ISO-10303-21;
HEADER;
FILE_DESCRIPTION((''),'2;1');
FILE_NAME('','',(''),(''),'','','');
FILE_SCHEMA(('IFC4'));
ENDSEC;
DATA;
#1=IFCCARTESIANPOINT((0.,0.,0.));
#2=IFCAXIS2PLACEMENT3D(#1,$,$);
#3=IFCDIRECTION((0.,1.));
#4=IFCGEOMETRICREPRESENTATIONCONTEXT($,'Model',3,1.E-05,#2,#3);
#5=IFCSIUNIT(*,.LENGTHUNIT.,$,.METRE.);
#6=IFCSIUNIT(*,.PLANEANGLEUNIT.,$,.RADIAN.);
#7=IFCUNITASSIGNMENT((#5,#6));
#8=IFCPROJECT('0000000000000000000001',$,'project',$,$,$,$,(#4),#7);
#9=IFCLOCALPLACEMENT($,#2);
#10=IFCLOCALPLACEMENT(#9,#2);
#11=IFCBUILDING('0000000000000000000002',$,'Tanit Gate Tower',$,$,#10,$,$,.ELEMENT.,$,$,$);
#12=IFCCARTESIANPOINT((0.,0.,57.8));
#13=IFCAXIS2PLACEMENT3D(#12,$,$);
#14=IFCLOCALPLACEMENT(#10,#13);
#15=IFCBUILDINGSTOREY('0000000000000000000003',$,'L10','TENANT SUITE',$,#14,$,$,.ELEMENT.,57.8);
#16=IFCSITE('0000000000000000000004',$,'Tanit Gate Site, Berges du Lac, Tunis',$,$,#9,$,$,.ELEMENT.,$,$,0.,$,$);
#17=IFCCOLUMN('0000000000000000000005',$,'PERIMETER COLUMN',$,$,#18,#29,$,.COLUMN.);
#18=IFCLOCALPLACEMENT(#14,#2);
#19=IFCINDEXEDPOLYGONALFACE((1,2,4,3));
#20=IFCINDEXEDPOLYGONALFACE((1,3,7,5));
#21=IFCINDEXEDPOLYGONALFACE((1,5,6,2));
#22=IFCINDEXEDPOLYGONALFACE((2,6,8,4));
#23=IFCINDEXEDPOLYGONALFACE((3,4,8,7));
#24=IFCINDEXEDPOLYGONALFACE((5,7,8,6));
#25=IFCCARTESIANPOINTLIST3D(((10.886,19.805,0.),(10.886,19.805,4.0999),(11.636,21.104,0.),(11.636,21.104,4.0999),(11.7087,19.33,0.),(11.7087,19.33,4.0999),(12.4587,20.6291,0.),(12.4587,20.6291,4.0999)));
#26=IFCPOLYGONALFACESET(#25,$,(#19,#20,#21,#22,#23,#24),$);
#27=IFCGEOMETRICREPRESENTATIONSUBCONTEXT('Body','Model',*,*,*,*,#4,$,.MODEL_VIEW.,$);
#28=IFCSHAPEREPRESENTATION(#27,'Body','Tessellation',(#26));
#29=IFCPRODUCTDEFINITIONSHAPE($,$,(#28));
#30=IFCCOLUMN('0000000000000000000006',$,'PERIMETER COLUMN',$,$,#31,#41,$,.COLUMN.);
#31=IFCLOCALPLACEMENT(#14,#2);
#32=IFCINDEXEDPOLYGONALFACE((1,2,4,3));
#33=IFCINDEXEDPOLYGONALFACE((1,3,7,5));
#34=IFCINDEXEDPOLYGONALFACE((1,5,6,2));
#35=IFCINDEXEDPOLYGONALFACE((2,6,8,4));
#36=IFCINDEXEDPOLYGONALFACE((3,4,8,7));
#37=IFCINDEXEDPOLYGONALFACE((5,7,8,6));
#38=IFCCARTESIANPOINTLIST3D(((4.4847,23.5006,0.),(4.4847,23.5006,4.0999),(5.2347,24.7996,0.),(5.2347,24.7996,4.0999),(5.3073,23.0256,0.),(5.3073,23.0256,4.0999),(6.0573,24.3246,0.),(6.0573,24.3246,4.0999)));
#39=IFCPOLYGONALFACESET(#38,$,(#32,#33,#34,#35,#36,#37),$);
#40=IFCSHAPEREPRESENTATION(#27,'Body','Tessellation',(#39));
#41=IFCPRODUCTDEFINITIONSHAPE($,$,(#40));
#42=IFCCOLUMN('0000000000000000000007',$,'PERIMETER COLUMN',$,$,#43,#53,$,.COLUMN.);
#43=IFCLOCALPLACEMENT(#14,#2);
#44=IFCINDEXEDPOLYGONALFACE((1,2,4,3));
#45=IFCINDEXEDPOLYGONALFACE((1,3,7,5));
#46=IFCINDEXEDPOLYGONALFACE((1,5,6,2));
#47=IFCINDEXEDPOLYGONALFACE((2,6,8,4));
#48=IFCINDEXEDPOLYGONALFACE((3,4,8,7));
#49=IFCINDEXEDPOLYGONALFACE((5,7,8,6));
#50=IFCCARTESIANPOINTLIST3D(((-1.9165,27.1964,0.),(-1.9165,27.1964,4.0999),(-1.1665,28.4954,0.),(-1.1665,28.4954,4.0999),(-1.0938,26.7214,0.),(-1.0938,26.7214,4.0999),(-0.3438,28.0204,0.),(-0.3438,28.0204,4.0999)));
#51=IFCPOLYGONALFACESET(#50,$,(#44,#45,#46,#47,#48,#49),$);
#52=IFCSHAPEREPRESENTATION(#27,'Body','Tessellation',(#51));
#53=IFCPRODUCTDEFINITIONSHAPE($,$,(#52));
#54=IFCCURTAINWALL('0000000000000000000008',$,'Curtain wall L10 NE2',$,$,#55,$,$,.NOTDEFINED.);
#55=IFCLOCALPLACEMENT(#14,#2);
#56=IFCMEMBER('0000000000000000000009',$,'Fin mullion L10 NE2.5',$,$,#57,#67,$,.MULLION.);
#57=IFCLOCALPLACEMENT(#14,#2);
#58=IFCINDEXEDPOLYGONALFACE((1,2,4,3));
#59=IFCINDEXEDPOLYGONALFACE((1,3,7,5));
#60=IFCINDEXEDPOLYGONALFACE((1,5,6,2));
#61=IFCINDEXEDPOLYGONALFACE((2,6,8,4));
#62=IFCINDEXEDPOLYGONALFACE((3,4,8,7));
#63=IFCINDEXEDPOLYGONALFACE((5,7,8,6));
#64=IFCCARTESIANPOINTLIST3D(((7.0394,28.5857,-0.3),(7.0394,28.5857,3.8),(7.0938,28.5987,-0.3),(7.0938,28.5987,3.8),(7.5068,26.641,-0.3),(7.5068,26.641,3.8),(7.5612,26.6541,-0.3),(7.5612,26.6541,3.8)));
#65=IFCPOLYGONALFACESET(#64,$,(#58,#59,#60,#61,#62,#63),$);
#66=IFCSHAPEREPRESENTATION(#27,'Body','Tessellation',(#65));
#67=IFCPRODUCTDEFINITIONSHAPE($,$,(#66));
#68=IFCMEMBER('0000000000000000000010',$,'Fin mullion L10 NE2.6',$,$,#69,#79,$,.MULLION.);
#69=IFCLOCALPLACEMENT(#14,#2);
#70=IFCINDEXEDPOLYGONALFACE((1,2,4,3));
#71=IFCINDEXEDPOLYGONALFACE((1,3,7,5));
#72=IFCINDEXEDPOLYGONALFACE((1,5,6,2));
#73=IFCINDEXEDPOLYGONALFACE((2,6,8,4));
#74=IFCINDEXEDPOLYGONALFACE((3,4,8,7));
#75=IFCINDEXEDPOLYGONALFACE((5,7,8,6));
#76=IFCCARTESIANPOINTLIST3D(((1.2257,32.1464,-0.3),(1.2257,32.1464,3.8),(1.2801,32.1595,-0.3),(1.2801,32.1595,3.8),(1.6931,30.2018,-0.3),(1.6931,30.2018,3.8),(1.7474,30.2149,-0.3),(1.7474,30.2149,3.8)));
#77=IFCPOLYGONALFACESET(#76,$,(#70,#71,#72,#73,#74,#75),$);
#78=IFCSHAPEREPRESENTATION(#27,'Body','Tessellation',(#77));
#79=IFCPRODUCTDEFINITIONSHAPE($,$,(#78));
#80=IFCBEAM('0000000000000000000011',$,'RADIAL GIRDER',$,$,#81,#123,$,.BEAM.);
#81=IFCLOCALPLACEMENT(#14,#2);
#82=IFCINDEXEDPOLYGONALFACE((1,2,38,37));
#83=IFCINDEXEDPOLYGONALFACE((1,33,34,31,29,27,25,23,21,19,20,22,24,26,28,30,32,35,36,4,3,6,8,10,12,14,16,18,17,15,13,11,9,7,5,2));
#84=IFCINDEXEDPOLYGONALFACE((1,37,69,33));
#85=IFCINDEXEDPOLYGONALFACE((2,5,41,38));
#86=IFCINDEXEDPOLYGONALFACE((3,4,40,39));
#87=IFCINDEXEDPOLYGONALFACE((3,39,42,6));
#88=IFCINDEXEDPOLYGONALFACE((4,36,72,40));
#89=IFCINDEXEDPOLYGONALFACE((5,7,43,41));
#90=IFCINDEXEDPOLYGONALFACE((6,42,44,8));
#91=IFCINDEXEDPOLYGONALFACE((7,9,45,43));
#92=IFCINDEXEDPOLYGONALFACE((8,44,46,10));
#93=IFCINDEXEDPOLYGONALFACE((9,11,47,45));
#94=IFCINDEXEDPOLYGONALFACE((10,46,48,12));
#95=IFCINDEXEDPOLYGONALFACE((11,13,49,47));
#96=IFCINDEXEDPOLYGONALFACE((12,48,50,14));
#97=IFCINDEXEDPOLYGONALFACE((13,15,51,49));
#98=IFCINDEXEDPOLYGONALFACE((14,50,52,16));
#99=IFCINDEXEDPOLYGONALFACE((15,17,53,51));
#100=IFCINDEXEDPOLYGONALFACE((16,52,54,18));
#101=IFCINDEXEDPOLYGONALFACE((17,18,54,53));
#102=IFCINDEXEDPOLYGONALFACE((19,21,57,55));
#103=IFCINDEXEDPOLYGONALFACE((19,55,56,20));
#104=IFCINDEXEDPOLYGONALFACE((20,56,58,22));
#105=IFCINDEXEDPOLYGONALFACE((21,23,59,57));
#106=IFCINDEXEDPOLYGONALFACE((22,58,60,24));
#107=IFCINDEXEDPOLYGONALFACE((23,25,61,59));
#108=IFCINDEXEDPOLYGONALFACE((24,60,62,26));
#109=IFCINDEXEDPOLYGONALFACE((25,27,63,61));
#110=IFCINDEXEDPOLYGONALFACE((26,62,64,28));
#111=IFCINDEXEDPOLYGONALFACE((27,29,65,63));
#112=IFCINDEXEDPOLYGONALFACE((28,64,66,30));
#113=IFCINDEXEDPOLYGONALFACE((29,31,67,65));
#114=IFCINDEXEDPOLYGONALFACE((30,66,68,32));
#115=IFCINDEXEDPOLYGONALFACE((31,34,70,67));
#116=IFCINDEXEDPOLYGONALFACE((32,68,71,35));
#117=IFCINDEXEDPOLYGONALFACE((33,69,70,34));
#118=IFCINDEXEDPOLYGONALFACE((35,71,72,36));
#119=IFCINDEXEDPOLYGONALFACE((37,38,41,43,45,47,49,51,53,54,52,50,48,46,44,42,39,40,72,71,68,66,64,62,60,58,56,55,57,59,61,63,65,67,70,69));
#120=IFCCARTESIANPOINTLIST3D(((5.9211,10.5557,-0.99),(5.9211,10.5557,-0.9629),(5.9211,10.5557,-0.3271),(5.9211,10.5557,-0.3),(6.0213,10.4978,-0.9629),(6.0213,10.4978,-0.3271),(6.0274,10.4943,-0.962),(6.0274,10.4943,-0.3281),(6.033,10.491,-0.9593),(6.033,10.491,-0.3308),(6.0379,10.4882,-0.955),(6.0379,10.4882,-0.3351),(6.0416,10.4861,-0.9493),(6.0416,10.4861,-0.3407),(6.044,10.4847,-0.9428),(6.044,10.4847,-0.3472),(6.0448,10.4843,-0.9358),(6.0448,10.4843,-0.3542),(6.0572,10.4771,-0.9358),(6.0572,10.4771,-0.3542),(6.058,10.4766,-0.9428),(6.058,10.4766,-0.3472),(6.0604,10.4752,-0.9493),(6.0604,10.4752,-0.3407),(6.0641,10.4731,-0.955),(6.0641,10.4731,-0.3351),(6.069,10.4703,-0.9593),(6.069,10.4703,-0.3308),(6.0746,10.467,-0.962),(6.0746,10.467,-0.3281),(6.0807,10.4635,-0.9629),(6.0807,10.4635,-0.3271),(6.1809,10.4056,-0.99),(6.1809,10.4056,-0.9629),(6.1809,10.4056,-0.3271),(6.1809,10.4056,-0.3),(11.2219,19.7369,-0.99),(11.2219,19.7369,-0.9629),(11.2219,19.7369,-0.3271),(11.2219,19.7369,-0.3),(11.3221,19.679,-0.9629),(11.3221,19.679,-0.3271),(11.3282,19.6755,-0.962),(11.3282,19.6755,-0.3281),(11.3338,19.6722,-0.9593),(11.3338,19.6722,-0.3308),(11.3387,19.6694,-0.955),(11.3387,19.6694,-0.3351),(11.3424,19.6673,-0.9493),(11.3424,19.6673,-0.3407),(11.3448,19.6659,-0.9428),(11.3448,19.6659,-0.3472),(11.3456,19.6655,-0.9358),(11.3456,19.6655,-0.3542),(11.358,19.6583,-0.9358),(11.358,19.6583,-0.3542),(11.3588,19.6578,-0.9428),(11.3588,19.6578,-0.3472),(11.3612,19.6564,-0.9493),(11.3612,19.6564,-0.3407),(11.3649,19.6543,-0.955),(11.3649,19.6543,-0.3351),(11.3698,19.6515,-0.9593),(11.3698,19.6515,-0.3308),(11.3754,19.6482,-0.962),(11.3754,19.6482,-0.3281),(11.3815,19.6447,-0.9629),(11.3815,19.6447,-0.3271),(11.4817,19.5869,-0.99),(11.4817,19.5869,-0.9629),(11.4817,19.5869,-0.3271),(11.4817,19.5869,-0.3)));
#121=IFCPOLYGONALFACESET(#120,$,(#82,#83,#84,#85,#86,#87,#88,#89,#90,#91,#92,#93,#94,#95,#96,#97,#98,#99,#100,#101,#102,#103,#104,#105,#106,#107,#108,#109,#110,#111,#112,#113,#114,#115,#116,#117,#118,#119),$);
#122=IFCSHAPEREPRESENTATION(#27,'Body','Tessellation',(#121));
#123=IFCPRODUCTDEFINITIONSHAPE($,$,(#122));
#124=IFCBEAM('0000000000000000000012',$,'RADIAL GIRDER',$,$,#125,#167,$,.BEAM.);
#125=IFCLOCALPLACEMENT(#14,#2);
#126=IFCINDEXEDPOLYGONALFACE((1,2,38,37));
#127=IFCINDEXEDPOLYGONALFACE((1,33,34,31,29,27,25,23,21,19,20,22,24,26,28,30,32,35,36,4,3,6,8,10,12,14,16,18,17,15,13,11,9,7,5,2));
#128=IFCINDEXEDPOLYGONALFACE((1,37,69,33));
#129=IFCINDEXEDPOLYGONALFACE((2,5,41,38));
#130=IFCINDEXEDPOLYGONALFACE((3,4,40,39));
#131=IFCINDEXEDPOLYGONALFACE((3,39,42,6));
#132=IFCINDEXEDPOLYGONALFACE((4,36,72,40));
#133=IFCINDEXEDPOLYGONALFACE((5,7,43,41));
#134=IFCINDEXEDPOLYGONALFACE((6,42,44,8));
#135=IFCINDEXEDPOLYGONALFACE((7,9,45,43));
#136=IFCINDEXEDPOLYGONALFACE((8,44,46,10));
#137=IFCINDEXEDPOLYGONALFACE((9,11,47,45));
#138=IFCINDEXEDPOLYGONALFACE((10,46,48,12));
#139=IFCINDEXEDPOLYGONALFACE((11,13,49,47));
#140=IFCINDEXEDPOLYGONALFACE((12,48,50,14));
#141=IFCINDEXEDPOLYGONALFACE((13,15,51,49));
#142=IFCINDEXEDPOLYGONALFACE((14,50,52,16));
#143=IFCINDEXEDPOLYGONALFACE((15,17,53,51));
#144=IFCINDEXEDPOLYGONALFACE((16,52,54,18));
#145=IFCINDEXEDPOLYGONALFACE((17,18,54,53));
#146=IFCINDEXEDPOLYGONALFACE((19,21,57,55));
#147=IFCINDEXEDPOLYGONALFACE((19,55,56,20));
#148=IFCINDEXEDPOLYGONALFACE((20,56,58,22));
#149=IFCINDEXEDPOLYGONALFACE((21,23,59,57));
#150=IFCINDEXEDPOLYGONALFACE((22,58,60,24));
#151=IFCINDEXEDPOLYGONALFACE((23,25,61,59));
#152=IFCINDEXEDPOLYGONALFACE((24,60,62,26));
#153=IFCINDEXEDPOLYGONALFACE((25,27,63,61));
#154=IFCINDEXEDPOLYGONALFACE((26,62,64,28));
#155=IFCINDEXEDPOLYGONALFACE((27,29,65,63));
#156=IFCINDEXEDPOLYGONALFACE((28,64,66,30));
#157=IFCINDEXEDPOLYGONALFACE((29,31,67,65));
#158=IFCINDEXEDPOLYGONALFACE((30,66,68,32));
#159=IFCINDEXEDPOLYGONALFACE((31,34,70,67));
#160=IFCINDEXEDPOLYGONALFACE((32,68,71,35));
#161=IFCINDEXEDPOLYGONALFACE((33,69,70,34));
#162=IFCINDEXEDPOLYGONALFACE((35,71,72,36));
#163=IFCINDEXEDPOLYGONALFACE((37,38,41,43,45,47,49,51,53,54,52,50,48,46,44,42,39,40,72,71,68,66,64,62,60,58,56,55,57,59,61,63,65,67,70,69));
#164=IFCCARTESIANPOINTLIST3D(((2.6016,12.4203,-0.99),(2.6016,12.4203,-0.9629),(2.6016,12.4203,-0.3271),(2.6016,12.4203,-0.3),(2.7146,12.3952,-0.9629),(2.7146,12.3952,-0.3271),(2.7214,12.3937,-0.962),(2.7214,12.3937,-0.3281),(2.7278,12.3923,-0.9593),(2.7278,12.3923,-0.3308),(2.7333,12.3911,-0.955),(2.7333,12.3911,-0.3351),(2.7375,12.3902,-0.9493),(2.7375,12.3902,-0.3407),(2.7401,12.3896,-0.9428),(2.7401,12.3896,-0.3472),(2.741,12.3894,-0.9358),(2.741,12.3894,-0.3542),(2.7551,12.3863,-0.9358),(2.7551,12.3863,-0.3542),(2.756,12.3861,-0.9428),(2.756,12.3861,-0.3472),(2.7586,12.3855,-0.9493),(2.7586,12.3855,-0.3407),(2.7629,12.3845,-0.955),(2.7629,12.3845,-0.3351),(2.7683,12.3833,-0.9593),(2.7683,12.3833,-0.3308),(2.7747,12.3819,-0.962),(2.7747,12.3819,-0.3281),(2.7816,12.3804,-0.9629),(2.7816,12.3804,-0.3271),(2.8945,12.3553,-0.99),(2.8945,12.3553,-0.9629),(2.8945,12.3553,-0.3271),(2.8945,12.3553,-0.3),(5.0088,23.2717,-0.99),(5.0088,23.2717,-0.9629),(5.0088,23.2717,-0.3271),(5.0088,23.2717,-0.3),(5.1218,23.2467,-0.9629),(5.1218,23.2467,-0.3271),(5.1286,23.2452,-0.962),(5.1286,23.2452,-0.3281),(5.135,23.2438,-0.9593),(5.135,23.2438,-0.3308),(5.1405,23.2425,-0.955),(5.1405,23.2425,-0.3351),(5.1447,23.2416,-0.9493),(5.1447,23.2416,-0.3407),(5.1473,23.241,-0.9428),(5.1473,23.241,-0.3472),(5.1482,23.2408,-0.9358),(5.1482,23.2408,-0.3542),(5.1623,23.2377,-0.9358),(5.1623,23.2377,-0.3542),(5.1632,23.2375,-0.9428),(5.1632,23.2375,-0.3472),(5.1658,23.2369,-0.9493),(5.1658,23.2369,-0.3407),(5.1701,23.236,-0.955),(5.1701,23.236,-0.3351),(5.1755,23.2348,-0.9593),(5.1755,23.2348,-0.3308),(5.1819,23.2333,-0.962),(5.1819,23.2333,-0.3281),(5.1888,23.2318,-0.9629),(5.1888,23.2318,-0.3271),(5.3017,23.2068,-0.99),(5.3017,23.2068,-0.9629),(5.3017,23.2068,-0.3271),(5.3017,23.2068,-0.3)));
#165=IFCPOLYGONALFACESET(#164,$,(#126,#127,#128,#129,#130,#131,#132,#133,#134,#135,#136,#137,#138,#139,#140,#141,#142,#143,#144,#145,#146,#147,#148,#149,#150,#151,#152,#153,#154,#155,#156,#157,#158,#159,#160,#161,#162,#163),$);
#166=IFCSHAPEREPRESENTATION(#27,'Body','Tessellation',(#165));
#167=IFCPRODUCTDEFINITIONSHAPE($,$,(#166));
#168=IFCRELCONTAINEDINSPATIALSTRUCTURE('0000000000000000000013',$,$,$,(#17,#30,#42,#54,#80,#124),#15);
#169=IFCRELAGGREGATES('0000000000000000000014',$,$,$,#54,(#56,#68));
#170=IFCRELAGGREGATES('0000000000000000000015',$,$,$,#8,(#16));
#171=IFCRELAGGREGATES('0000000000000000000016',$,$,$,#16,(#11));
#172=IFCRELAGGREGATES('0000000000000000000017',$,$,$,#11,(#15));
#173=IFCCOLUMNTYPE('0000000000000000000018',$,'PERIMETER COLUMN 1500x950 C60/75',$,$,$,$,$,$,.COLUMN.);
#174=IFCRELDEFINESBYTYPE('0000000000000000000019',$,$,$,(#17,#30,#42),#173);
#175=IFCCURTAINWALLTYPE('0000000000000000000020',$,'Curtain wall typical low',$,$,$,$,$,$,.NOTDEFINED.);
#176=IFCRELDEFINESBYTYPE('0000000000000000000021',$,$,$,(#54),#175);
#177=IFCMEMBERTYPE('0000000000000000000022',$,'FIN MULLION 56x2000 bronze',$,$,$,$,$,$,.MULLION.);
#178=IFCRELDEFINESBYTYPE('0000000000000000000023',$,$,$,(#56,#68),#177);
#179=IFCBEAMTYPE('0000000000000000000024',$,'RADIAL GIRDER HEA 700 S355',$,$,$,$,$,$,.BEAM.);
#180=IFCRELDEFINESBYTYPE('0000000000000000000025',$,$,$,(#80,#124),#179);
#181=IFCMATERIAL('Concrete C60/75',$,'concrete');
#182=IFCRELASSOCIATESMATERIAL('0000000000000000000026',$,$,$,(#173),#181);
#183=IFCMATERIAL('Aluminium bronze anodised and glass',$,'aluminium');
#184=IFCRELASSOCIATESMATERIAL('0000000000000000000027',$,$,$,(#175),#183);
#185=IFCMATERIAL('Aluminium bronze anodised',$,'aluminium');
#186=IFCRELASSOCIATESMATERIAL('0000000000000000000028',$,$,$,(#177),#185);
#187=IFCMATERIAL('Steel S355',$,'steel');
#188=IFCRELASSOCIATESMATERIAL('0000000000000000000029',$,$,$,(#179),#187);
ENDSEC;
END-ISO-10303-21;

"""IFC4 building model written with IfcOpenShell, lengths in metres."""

from ifc_helpers import new_model, si_unit, direction, frame, origin, origin_2d, place, context, subcontext, project, spatial, rectangle, i_section, extrude, material, material_profile, profile_set, type_object, element, aggregate, save


model = new_model("IFC4")

# Units and contexts
model_context = context("Model", 3, precision=1e-05, world=origin(), true_north=direction((0.0, 1.0)))
body_context = subcontext(model_context, "Body", "Model", "MODEL_VIEW")
ifc_project = project(units=[si_unit("LENGTHUNIT", "METRE"), si_unit("PLANEANGLEUNIT", "RADIAN")], contexts=[model_context])

# Site, building, storey
site_placement = place(None, origin())
site = spatial("IfcSite", under=ifc_project, at=site_placement, Name="Tanit Gate Site, Berges du Lac, Tunis", CompositionType="ELEMENT", RefElevation=0.0)
building_placement = place(site_placement, origin())
building = spatial("IfcBuilding", under=site, at=building_placement, Name="Tanit Gate Tower", CompositionType="ELEMENT")
storey_placement = place(building_placement, frame((0.0, 0.0, 57.8)))
storey = spatial("IfcBuildingStorey", under=building, at=storey_placement, Name="L10", Description="TENANT SUITE", CompositionType="ELEMENT", Elevation=57.8)

# Columns
ifc_material_1 = material(Name="Concrete C60/75", Category="concrete")
ifc_material_profile_1 = material_profile(ifc_material_1, rectangle(XDim=1.5, YDim=0.95, at=origin_2d()), Name="RC 1500x950")
ifc_profile_set_1 = profile_set([ifc_material_profile_1], Name="Concrete C60/75")
column_type = type_object("IfcColumnType", Name="PERIMETER COLUMN 1500x950 C60/75", PredefinedType="COLUMN", material=ifc_profile_set_1)
for number, where, z_axis, x_axis, name in (
    (1, (11.6724, 20.217, 0.0), (0.0, 0.0, 1.0), (0.5, 0.866025, 0.0), "PERIMETER COLUMN"),
    (2, (5.271, 23.9126, 0.0), (0.0, 0.0, 1.0), (0.5, 0.866025, 0.0), "PERIMETER COLUMN"),
    (3, (-1.1301, 27.6084, 0.0), (0.0, 0.0, 1.0), (0.5, 0.866025, 0.0), "PERIMETER COLUMN"),
):
    element("IfcColumn", number, at=place(storey_placement, frame(where, z_axis=z_axis, x_axis=x_axis)), inside=storey, type_object=column_type, Name=name, PredefinedType="COLUMN", context=body_context, shape_type="SweptSolid", body=[
        extrude(rectangle(XDim=1.5, YDim=0.95, at=origin_2d()), origin(), (0.0, 0.0, 1.0), 4.0999),
    ])

# Curtain wall, members
ifc_material_2 = material(Name="Aluminium bronze anodised and glass", Category="aluminium")
curtain_wall_type = type_object("IfcCurtainWallType", Name="Curtain wall typical low", PredefinedType="NOTDEFINED", material=ifc_material_2)
curtain_wall_placement = place(storey_placement, origin())
curtain_wall = element("IfcCurtainWall", 4, at=curtain_wall_placement, inside=storey, type_object=curtain_wall_type, Name="Curtain wall L10 NE2", PredefinedType="NOTDEFINED")
ifc_material_3 = material(Name="Aluminium bronze anodised", Category="aluminium")
ifc_material_profile_2 = material_profile(ifc_material_3, rectangle(XDim=2.0, YDim=0.0559, at=origin_2d()), Name="56x2000 bronze fin mullion")
ifc_profile_set_2 = profile_set([ifc_material_profile_2], Name="Aluminium bronze anodised")
member_type_1 = type_object("IfcMemberType", Name="FIN MULLION 56x2000 bronze", PredefinedType="MULLION", material=ifc_profile_set_2)
member_1_placement = place(storey_placement, frame((7.3003, 27.6199, -0.3), z_axis=(0.0, 0.0, 1.0), x_axis=(0.233691, -0.972311, 0.0)))
member_1 = element("IfcMember", 5, at=member_1_placement, type_object=member_type_1, Name="Fin mullion L10 NE2.5", PredefinedType="MULLION", context=body_context, shape_type="SweptSolid", body=[
    extrude(rectangle(XDim=2.0, YDim=0.0559, at=origin_2d()), origin(), (0.0, 0.0, 1.0), 4.1001),
])
member_2_placement = place(storey_placement, frame((1.4866, 31.1807, -0.3), z_axis=(0.0, 0.0, 1.0), x_axis=(0.233691, -0.972311, 0.0)))
member_2 = element("IfcMember", 6, at=member_2_placement, type_object=member_type_1, Name="Fin mullion L10 NE2.6", PredefinedType="MULLION", context=body_context, shape_type="SweptSolid", body=[
    extrude(rectangle(XDim=2.0, YDim=0.0559, at=origin_2d()), origin(), (0.0, 0.0, 1.0), 4.1001),
])

# Beams
ifc_material_4 = material(Name="Steel S355", Category="steel")
ifc_material_profile_3 = material_profile(ifc_material_4, i_section(OverallWidth=0.3, OverallDepth=0.6899, WebThickness=0.0144, FlangeThickness=0.0271, FilletRadius=0.0271, at=origin_2d()), Name="HEA 700")
ifc_profile_set_3 = profile_set([ifc_material_profile_3], Name="Steel S355")
beam_type_1 = type_object("IfcBeamType", Name="RADIAL GIRDER HEA 700 S355", PredefinedType="BEAM", material=ifc_profile_set_3)
beam_1_placement = place(storey_placement, frame((11.3518, 19.6619, -0.645), z_axis=(-0.500003, -0.866024, 0.0), x_axis=(0.866024, -0.500003, 0.0)))
element("IfcBeam", 7, at=beam_1_placement, inside=storey, type_object=beam_type_1, Name="RADIAL GIRDER", PredefinedType="BEAM", context=body_context, shape_type="SweptSolid", body=[
    extrude(i_section(OverallWidth=0.3, OverallDepth=0.6899, WebThickness=0.0144, FlangeThickness=0.0271, FilletRadius=0.0271, at=origin_2d()), origin(), (0.0, 0.0, 1.0), 10.6016),
])
beam_2_placement = place(storey_placement, frame((5.1553, 23.2393, -0.645), z_axis=(-0.216568, -0.976268, 0.0), x_axis=(0.976268, -0.216568, 0.0)))
element("IfcBeam", 8, at=beam_2_placement, inside=storey, type_object=beam_type_1, Name="RADIAL GIRDER", PredefinedType="BEAM", context=body_context, shape_type="SweptSolid", body=[
    extrude(i_section(OverallWidth=0.3, OverallDepth=0.6899, WebThickness=0.0144, FlangeThickness=0.0271, FilletRadius=0.0271, at=origin_2d()), origin(), (0.0, 0.0, 1.0), 11.1152),
])

aggregate(curtain_wall, [member_1, member_2])

save(model, "model.ifc")
